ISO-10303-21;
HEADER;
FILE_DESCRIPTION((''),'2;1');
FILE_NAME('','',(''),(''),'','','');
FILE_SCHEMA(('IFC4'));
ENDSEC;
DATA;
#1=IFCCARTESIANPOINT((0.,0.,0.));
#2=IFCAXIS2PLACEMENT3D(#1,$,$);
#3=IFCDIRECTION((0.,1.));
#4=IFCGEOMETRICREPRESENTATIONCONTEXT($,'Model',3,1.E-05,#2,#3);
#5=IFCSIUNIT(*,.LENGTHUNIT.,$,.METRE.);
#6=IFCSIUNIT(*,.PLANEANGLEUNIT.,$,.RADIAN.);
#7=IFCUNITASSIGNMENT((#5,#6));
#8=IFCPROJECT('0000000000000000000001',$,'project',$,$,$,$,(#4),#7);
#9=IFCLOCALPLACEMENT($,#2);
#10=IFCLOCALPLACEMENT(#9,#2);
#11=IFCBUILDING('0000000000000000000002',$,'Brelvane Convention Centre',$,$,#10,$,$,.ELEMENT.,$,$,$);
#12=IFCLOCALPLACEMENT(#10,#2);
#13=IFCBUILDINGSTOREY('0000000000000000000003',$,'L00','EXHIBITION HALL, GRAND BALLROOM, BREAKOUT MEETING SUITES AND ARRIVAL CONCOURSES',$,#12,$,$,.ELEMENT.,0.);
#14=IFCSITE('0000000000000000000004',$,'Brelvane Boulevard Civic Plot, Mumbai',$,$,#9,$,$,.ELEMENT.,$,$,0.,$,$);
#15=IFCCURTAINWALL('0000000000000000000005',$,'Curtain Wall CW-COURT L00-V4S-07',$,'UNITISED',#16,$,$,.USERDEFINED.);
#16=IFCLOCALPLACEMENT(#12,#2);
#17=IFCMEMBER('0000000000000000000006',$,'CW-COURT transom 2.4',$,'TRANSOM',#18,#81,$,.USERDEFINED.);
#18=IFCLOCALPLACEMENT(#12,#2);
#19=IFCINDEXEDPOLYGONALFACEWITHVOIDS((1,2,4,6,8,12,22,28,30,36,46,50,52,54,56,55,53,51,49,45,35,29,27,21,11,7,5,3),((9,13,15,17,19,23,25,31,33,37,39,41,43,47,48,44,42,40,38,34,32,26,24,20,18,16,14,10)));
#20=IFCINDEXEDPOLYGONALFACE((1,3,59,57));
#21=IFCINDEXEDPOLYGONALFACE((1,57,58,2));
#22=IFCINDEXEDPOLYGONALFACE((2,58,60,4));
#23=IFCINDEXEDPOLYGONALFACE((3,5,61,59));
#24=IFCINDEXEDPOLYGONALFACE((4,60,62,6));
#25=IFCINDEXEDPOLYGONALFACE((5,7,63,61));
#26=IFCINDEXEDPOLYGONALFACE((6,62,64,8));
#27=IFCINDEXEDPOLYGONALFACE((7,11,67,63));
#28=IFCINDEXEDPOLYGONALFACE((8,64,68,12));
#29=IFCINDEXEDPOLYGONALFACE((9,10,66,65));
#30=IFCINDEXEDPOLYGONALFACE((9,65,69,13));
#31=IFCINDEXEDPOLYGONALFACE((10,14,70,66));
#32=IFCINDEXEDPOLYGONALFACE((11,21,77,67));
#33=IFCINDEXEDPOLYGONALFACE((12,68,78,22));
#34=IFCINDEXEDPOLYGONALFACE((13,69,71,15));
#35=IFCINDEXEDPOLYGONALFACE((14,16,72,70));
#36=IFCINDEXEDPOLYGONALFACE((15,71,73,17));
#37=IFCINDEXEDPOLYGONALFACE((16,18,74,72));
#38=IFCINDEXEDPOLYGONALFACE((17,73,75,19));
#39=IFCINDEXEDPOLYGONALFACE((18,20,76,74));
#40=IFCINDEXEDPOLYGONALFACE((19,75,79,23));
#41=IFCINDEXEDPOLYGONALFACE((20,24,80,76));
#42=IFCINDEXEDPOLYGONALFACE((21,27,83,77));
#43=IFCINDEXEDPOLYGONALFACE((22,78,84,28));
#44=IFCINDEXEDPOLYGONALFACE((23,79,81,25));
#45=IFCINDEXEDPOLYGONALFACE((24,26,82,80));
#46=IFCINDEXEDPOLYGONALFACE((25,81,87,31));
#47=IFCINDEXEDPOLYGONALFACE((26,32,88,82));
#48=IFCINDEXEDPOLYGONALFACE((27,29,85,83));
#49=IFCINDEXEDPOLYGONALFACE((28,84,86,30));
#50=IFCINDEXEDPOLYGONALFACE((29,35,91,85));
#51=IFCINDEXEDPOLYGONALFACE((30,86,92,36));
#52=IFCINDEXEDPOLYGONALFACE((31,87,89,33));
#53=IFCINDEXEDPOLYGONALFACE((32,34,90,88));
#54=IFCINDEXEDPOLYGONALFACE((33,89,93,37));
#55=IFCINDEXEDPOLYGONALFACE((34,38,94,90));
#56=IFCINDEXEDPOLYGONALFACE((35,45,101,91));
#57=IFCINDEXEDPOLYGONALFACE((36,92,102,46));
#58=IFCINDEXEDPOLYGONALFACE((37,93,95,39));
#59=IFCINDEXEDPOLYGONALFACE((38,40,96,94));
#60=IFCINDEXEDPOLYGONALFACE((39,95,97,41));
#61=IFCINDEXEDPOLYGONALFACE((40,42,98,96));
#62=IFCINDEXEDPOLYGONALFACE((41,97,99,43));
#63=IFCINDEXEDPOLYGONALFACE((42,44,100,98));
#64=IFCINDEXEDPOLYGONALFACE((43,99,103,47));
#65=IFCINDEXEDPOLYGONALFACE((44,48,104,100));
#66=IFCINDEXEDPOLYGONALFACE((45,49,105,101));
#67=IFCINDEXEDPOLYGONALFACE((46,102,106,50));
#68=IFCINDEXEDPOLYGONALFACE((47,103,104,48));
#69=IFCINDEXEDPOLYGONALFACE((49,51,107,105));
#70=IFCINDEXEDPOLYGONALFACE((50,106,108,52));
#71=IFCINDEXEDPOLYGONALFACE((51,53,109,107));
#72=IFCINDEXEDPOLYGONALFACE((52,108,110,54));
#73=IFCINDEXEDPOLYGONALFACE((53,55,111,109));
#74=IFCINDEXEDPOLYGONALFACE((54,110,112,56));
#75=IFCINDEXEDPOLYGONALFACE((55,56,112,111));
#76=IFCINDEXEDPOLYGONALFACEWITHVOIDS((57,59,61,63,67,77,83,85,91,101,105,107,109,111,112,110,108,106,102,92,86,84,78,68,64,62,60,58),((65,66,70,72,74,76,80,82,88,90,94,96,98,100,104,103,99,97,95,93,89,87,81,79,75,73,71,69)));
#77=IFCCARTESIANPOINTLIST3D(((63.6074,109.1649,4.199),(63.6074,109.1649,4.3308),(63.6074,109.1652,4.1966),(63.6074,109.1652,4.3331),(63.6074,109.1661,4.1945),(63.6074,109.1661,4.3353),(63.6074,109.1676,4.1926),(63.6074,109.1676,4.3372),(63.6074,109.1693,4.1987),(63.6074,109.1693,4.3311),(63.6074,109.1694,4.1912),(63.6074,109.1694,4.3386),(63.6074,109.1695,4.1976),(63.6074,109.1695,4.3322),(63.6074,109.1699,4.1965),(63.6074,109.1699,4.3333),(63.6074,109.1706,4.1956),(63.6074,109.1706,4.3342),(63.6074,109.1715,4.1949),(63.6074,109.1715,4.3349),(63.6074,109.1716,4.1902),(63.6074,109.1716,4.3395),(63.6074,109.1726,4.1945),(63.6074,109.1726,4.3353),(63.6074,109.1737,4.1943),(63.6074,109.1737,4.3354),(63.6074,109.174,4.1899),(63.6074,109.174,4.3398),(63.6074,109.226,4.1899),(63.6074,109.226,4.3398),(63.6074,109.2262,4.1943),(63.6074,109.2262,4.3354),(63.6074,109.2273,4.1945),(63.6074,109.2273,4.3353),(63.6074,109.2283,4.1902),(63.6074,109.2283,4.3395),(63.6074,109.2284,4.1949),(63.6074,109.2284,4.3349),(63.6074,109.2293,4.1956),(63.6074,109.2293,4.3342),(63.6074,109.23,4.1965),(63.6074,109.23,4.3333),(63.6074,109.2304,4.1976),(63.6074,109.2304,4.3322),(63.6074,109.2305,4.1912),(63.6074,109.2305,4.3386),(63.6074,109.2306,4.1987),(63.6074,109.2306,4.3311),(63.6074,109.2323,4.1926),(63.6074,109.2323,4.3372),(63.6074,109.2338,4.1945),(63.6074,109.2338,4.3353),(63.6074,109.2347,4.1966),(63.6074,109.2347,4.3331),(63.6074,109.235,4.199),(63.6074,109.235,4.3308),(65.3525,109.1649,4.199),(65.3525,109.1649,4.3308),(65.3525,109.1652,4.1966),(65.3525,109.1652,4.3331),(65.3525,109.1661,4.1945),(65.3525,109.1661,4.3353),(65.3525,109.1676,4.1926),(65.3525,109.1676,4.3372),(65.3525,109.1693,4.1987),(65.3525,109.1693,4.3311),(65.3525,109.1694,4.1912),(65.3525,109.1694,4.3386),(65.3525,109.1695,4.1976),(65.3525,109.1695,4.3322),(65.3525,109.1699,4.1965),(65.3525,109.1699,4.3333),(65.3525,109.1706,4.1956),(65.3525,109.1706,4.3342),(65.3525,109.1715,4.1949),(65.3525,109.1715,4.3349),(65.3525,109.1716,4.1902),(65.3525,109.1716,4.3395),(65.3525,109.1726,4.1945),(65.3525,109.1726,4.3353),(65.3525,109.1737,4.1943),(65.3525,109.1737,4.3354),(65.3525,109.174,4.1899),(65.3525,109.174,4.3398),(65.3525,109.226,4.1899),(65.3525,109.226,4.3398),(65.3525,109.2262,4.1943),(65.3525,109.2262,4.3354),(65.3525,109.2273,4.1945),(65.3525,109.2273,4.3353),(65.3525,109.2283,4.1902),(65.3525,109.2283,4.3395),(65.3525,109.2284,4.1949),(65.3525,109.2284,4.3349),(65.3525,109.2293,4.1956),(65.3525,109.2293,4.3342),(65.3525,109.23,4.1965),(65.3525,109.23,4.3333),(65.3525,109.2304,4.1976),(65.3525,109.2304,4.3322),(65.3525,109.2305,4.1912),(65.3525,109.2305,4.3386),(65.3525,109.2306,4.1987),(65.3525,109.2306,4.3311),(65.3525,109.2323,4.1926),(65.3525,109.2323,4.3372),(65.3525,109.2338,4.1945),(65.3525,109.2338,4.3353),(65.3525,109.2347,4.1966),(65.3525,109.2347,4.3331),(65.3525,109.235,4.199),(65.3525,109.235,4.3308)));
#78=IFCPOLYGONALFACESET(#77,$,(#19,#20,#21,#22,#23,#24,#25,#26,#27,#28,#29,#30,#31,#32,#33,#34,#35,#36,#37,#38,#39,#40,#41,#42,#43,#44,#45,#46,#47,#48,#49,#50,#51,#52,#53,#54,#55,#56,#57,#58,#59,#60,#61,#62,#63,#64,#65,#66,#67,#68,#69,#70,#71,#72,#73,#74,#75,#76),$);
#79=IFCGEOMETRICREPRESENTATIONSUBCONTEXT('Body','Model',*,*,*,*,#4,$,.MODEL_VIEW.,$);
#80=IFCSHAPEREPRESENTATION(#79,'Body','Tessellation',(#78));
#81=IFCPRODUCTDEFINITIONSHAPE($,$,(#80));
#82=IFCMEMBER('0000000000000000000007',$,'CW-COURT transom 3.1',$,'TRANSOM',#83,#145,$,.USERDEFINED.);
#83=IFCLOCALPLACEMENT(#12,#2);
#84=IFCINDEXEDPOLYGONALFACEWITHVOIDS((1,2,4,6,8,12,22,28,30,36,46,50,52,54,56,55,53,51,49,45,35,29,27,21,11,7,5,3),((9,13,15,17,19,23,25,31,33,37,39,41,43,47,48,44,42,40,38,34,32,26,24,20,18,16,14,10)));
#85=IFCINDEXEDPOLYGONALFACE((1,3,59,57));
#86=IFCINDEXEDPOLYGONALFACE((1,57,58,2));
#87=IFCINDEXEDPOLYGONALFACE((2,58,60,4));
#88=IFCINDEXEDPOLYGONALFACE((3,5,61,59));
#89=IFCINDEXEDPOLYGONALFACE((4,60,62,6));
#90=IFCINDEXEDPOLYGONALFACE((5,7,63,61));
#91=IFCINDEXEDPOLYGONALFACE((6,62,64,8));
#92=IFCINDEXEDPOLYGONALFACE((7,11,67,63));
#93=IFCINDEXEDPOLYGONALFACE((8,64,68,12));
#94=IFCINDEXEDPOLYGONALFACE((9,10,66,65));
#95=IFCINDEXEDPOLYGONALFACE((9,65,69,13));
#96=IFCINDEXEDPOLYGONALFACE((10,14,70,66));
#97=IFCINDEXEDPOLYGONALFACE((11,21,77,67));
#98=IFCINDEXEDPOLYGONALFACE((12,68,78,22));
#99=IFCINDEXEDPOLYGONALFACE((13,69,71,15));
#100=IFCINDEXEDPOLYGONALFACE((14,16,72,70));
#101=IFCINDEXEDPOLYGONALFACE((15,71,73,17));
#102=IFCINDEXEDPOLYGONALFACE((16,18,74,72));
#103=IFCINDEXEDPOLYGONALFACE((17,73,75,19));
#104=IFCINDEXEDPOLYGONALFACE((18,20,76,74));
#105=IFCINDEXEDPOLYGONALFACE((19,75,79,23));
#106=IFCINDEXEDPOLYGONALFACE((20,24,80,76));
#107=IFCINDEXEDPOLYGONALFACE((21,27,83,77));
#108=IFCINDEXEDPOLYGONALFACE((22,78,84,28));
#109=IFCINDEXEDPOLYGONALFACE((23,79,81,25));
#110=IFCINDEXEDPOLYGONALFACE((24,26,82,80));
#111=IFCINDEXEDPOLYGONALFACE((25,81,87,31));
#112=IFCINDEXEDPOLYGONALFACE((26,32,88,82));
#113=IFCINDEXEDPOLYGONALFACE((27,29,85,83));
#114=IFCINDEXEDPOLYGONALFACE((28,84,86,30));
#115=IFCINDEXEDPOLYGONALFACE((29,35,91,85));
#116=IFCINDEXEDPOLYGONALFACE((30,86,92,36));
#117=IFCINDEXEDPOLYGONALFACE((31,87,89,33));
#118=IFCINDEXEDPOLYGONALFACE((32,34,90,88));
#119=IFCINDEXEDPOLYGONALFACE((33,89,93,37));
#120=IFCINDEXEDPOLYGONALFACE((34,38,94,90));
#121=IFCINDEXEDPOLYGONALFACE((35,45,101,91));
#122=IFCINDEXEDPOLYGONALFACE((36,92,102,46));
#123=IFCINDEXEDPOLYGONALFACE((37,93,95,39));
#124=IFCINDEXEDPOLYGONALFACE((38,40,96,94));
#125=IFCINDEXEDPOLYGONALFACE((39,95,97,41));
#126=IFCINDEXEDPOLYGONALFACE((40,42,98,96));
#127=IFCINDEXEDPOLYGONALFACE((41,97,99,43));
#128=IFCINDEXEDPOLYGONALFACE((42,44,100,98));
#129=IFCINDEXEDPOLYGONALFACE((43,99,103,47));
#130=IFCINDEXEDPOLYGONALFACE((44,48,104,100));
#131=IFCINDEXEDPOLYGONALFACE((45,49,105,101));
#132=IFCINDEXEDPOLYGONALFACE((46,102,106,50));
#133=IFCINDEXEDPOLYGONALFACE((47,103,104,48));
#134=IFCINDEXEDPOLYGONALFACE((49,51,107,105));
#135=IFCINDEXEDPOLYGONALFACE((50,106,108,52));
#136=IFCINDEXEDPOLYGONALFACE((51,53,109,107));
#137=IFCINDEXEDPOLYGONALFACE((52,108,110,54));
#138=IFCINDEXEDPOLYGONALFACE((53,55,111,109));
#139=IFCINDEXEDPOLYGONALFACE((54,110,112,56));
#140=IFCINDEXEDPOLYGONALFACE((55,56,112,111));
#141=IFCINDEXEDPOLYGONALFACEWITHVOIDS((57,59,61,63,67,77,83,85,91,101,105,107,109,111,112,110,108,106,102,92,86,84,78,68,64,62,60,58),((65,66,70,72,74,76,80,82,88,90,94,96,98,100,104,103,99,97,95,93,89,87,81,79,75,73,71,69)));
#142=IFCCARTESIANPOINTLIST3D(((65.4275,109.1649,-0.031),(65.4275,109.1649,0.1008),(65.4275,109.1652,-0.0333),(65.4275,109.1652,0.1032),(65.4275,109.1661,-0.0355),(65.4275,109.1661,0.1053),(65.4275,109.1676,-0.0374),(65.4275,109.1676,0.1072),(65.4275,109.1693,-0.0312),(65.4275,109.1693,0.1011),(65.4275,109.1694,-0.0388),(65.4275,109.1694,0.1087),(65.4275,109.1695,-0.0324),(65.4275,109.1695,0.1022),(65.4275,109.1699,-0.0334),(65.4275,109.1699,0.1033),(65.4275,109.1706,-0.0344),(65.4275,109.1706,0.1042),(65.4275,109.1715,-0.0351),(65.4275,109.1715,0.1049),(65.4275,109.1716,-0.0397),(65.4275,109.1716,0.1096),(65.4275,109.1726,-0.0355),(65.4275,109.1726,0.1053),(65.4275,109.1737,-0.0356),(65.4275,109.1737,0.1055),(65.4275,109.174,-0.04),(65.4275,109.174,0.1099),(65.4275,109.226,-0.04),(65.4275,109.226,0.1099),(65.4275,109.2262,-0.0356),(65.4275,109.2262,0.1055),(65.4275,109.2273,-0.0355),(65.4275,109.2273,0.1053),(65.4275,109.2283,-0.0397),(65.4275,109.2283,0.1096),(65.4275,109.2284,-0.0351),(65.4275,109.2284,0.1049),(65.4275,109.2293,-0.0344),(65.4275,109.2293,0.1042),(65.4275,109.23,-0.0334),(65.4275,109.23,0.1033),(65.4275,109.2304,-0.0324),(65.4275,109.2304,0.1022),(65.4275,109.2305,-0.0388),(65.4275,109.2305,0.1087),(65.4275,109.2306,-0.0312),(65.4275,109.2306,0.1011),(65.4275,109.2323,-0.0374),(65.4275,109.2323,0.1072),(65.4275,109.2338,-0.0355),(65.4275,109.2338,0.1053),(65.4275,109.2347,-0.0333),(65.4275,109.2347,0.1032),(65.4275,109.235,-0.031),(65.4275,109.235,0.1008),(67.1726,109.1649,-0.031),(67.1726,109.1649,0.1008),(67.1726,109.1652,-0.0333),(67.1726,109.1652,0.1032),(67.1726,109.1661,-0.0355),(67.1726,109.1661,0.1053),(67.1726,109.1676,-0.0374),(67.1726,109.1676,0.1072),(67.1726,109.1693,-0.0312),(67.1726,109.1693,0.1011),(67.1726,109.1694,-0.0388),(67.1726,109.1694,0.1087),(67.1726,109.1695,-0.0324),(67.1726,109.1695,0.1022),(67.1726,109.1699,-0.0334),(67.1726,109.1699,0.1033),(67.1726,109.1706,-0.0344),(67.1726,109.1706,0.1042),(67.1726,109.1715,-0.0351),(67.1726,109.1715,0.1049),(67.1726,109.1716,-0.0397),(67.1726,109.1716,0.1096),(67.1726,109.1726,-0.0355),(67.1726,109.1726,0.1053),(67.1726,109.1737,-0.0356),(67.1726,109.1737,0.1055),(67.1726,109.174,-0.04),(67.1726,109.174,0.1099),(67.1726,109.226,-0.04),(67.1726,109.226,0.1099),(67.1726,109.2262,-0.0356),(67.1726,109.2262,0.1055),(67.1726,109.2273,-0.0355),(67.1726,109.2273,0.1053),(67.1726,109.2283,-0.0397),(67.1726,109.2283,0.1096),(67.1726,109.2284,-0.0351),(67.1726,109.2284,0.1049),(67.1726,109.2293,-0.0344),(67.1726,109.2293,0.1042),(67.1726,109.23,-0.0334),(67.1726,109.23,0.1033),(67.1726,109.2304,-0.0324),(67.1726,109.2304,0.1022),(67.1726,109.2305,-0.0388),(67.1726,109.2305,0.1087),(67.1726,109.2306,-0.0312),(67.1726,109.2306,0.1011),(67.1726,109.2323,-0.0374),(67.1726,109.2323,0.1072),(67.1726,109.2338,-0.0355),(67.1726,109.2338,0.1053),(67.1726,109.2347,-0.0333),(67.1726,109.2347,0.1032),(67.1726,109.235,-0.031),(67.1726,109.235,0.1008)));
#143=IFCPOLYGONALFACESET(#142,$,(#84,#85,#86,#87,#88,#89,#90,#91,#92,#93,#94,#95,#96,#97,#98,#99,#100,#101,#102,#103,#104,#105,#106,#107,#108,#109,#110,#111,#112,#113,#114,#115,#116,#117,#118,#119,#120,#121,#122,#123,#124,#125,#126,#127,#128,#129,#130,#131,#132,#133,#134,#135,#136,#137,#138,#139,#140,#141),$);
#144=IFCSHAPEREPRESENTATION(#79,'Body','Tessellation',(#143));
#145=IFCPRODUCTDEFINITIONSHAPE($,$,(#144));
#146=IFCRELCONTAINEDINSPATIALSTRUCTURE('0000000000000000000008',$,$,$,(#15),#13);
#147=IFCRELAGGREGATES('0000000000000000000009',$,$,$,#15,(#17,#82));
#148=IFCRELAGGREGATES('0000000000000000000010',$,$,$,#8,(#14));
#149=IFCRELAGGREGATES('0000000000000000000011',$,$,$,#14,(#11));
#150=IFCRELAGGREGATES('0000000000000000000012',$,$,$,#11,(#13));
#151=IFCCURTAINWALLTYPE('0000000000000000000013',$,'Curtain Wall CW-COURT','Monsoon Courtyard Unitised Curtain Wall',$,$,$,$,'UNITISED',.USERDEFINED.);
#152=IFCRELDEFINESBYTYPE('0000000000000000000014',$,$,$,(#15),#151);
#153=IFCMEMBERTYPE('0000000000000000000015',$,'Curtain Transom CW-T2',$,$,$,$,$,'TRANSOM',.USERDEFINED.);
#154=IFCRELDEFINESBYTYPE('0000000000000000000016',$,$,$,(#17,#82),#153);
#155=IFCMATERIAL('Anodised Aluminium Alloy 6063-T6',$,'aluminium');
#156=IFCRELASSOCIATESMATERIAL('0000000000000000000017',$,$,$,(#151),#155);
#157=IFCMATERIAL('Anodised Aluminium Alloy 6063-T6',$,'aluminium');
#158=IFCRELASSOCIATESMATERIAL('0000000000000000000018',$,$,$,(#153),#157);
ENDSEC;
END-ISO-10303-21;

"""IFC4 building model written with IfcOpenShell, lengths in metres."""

from ifc_helpers import new_model, si_unit, direction, frame, origin, origin_2d, place, context, subcontext, project, spatial, hollow_rectangle, extrude, material, material_profile, profile_set, type_object, element, aggregate, save


model = new_model("IFC4")

# Units and contexts
model_context = context("Model", 3, precision=1e-05, world=origin(), true_north=direction((0.0, 1.0)))
body_context = subcontext(model_context, "Body", "Model", "MODEL_VIEW")
ifc_project = project(units=[si_unit("LENGTHUNIT", "METRE"), si_unit("PLANEANGLEUNIT", "RADIAN")], contexts=[model_context])

# Site, building, storey
site_placement = place(None, origin())
site = spatial("IfcSite", under=ifc_project, at=site_placement, Name="Brelvane Boulevard Civic Plot, Mumbai", CompositionType="ELEMENT", RefElevation=0.0)
building_placement = place(site_placement, origin())
building = spatial("IfcBuilding", under=site, at=building_placement, Name="Brelvane Convention Centre", CompositionType="ELEMENT")
storey_placement = place(building_placement, origin())
storey = spatial("IfcBuildingStorey", under=building, at=storey_placement, Name="L00", Description="EXHIBITION HALL, GRAND BALLROOM, BREAKOUT MEETING SUITES AND ARRIVAL CONCOURSES", CompositionType="ELEMENT", Elevation=0.0)

# Curtain wall, members
ifc_material_1 = material(Name="Anodised Aluminium Alloy 6063-T6", Category="aluminium")
curtain_wall_type = type_object("IfcCurtainWallType", Name="Curtain Wall CW-COURT", Description="Monsoon Courtyard Unitised Curtain Wall", ElementType="UNITISED", PredefinedType="USERDEFINED", material=ifc_material_1)
curtain_wall_placement = place(storey_placement, origin())
curtain_wall = element("IfcCurtainWall", 1, at=curtain_wall_placement, inside=storey, type_object=curtain_wall_type, Name="Curtain Wall CW-COURT L00-V4S-07", ObjectType="UNITISED", PredefinedType="USERDEFINED")
ifc_material_2 = material(Name="Anodised Aluminium Alloy 6063-T6", Category="aluminium")
ifc_material_profile_1 = material_profile(ifc_material_2, hollow_rectangle(XDim=0.0701, YDim=0.1499, WallThickness=0.0044, InnerFilletRadius=0.0044, OuterFilletRadius=0.009, at=origin_2d()), Name="ALU-T 150x70x4.5")
ifc_profile_set_1 = profile_set([ifc_material_profile_1], Name="Anodised Aluminium Alloy 6063-T6")
member_type_1 = type_object("IfcMemberType", Name="Curtain Transom CW-T2", ElementType="TRANSOM", PredefinedType="USERDEFINED", material=ifc_profile_set_1)
member_1_placement = place(storey_placement, frame((63.6074, 109.2, 4.2649), z_axis=(1.0, 0.0, 0.0), x_axis=(0.0, 1.0, 0.0)))
member_1 = element("IfcMember", 2, at=member_1_placement, type_object=member_type_1, Name="CW-COURT transom 2.4", ObjectType="TRANSOM", PredefinedType="USERDEFINED", context=body_context, shape_type="SweptSolid", body=[
    extrude(hollow_rectangle(XDim=0.0701, YDim=0.1499, WallThickness=0.0044, InnerFilletRadius=0.0044, OuterFilletRadius=0.009, at=origin_2d()), origin(), (0.0, 0.0, 1.0), 1.7451),
])
member_2_placement = place(storey_placement, frame((65.4275, 109.2, 0.0349), z_axis=(1.0, 0.0, 0.0), x_axis=(0.0, 1.0, 0.0)))
member_2 = element("IfcMember", 3, at=member_2_placement, type_object=member_type_1, Name="CW-COURT transom 3.1", ObjectType="TRANSOM", PredefinedType="USERDEFINED", context=body_context, shape_type="SweptSolid", body=[
    extrude(hollow_rectangle(XDim=0.0701, YDim=0.1499, WallThickness=0.0044, InnerFilletRadius=0.0044, OuterFilletRadius=0.009, at=origin_2d()), origin(), (0.0, 0.0, 1.0), 1.7451),
])
aggregate(curtain_wall, [member_1, member_2])

save(model, "model.ifc")
